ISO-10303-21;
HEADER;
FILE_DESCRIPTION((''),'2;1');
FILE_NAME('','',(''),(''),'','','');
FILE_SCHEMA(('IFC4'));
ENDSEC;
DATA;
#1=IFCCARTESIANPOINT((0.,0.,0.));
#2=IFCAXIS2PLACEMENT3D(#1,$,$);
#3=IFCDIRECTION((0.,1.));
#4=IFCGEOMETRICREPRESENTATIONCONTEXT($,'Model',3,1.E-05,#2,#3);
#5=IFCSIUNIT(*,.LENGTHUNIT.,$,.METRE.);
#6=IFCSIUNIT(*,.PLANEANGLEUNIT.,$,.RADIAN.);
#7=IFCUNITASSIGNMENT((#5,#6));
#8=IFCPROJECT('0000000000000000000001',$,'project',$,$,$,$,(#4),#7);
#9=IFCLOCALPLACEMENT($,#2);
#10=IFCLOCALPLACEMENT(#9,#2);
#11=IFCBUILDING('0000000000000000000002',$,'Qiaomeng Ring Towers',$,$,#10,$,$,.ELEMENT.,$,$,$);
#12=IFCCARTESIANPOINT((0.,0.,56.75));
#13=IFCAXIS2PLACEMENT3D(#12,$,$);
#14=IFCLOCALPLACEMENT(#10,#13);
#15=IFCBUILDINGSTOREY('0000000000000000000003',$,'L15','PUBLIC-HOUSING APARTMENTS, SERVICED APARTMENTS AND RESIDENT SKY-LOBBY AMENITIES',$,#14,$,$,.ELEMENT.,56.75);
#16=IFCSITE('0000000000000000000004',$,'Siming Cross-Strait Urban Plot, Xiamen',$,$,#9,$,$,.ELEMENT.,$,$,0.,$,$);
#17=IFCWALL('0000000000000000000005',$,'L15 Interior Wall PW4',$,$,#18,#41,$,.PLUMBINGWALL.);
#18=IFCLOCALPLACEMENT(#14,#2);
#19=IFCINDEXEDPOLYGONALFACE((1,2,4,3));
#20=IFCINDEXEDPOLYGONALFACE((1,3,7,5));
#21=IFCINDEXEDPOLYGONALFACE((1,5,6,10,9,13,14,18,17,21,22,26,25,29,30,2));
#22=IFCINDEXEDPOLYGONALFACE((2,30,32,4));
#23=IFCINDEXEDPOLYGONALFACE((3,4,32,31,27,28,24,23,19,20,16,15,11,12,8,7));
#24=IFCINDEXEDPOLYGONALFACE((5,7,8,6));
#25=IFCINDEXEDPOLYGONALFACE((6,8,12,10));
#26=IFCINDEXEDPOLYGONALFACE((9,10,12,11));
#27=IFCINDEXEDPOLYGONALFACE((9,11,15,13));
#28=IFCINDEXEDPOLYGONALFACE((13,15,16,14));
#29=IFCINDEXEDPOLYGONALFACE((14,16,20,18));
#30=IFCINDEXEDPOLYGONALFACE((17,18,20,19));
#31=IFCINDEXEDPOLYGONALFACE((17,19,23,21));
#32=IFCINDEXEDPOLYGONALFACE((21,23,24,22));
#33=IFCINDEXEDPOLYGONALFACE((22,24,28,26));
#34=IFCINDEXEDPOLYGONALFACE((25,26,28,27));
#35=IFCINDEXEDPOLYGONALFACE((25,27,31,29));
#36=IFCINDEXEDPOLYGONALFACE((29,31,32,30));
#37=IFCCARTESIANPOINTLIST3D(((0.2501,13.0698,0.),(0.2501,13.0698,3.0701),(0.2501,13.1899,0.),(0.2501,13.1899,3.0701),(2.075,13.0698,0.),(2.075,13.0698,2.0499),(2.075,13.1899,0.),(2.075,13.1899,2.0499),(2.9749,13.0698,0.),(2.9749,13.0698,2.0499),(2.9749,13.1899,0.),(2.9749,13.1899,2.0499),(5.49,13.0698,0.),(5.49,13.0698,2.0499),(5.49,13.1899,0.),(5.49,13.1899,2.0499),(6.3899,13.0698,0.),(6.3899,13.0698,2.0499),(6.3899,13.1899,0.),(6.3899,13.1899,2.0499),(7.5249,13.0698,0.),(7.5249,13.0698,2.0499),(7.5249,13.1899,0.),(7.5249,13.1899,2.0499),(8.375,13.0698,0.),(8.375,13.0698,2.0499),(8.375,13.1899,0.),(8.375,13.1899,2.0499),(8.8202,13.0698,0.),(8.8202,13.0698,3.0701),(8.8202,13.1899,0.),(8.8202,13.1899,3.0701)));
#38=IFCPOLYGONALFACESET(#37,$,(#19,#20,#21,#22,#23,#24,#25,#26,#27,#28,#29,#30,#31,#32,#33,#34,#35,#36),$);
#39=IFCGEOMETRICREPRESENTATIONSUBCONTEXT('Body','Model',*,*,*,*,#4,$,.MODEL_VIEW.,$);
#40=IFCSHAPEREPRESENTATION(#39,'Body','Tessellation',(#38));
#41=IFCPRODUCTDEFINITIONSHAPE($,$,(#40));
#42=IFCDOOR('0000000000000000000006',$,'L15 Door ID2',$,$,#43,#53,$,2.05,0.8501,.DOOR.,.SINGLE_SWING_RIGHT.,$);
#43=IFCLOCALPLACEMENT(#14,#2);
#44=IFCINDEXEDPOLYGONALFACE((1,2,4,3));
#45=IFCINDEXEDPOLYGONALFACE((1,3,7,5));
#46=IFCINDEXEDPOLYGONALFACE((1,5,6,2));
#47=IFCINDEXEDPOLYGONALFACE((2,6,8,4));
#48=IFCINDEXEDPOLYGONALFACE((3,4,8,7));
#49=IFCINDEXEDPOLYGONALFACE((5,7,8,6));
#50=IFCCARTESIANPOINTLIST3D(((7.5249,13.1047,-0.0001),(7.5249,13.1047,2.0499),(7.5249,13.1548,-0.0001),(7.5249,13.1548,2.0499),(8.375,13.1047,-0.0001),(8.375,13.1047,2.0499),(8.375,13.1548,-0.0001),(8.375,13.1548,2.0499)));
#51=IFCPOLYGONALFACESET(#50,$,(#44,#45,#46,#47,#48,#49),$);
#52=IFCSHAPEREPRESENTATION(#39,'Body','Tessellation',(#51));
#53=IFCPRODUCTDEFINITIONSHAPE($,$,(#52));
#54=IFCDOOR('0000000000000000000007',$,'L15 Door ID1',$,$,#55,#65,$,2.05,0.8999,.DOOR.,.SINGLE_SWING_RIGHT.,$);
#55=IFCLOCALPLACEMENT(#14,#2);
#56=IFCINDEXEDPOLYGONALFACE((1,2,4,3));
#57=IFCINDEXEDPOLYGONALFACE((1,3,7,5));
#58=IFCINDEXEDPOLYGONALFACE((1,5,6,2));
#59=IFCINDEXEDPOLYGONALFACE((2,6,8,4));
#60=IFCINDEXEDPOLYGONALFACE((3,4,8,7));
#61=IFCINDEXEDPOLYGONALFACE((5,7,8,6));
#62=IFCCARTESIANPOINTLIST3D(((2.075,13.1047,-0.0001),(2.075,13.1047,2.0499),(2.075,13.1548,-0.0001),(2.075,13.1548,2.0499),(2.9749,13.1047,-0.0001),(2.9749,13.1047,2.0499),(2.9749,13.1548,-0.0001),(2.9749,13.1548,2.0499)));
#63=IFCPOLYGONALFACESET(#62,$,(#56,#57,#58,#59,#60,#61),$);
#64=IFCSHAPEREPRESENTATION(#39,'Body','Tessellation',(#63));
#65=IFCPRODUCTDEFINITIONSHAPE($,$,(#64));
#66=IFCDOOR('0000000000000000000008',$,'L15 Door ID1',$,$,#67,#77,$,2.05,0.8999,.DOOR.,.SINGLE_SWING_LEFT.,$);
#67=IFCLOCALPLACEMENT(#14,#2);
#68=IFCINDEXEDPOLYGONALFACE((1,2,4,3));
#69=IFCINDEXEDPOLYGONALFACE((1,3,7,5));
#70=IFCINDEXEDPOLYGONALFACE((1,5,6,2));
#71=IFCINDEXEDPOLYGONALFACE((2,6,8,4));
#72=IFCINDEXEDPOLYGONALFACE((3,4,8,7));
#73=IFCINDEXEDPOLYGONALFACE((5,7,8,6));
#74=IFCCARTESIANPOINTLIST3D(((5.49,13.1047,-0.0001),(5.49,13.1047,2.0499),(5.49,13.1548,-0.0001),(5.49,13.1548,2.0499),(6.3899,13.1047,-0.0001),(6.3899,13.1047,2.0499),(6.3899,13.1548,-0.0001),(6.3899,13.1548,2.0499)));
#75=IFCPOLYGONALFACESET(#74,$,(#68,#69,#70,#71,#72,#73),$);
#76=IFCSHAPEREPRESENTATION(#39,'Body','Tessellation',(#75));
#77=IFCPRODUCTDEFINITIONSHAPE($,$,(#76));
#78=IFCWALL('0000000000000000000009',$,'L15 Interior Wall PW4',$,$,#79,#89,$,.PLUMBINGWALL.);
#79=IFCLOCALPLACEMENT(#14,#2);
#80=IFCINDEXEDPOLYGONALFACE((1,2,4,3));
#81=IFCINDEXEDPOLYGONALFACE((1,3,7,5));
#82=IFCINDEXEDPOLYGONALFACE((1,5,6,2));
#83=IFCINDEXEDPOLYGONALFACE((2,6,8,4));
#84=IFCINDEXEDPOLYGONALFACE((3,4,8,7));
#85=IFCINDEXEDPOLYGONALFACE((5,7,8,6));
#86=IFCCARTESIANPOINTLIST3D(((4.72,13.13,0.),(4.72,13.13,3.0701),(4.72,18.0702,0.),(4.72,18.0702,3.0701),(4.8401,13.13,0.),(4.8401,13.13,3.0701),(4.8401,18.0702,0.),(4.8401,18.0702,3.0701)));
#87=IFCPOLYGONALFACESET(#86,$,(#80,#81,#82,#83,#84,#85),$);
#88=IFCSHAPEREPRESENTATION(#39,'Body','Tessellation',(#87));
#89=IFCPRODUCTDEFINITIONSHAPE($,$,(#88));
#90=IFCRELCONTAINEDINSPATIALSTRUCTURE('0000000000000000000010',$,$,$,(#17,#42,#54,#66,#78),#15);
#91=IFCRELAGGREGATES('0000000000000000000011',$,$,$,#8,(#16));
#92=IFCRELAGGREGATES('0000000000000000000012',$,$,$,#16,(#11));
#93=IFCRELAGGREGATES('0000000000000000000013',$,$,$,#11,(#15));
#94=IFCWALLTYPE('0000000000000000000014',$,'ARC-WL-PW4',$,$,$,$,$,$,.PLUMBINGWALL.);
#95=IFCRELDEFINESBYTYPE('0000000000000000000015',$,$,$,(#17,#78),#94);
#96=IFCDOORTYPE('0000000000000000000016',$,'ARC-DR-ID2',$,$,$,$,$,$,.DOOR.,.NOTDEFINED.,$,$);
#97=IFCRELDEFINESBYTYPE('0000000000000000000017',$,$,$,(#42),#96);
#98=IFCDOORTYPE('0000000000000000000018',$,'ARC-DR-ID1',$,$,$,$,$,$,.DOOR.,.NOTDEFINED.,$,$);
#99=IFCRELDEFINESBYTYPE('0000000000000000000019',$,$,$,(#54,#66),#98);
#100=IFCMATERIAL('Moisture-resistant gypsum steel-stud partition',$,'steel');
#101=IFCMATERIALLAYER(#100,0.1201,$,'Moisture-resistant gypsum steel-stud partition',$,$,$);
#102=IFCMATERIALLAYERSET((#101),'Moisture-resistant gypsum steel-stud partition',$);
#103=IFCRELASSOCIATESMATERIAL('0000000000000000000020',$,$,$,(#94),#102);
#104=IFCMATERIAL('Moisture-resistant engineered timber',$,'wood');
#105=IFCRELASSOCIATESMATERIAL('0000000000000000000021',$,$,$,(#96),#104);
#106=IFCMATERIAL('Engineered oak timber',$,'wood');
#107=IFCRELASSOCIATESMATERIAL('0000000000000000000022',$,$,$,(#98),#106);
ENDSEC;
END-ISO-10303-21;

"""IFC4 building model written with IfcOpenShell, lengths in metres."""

from ifc_helpers import new_model, si_unit, direction, frame, frame_2d, origin, place, context, subcontext, project, spatial, rectangle, extrude, source, transform, mapped, material, layer, layer_set, type_object, element, fill, save


model = new_model("IFC4")

# Units and contexts
model_context = context("Model", 3, precision=1e-05, world=origin(), true_north=direction((0.0, 1.0)))
body_context = subcontext(model_context, "Body", "Model", "MODEL_VIEW")
ifc_project = project(units=[si_unit("LENGTHUNIT", "METRE"), si_unit("PLANEANGLEUNIT", "RADIAN")], contexts=[model_context])

# Site, building, storey
site_placement = place(None, origin())
site = spatial("IfcSite", under=ifc_project, at=site_placement, Name="Siming Cross-Strait Urban Plot, Xiamen", CompositionType="ELEMENT", RefElevation=0.0)
building_placement = place(site_placement, origin())
building = spatial("IfcBuilding", under=site, at=building_placement, Name="Qiaomeng Ring Towers", CompositionType="ELEMENT")
storey_placement = place(building_placement, frame((0.0, 0.0, 56.75)))
storey = spatial("IfcBuildingStorey", under=building, at=storey_placement, Name="L15", Description="PUBLIC-HOUSING APARTMENTS, SERVICED APARTMENTS AND RESIDENT SKY-LOBBY AMENITIES", CompositionType="ELEMENT", Elevation=56.75)

# Wall, openings, doors
ifc_material_1 = material(Name="Moisture-resistant gypsum steel-stud partition", Category="steel")
ifc_layer_1 = layer(ifc_material_1, 0.1201, Name="Moisture-resistant gypsum steel-stud partition")
ifc_layer_set_1 = layer_set([ifc_layer_1], Name="Moisture-resistant gypsum steel-stud partition")
wall_type_1 = type_object("IfcWallType", Name="ARC-WL-PW4", PredefinedType="PLUMBINGWALL", material=ifc_layer_set_1)
wall_1_placement = place(storey_placement, frame((0.25, 13.1299, 0.0), z_axis=(0.0, 0.0, 1.0), x_axis=(1.0, 0.0, 0.0)))
wall_1 = element("IfcWall", 1, at=wall_1_placement, inside=storey, type_object=wall_type_1, Name="L15 Interior Wall PW4", PredefinedType="PLUMBINGWALL", context=body_context, shape_type="SweptSolid", body=[
    extrude(rectangle(XDim=8.5701, YDim=0.1201, at=frame_2d((4.2852, 0.0))), origin(), (0.0, 0.0, 1.0), 3.0701),
])
opening_1_placement = place(wall_1_placement, frame((1.825, 0.0, 0.0)))
opening_1 = element("IfcOpeningElement", 2, at=opening_1_placement, cuts=wall_1, PredefinedType="OPENING", context=body_context, shape_type="SweptSolid", body=[
    extrude(rectangle(XDim=0.8999, YDim=2.05, at=frame_2d((0.45, 1.0249))), frame((0.0, 0.0701, 0.0), z_axis=(0.0, -1.0, 0.0), x_axis=(1.0, 0.0, 0.0)), (0.0, 0.0, 1.0), 0.1401),
])
opening_2_placement = place(wall_1_placement, frame((5.24, 0.0, 0.0)))
opening_2 = element("IfcOpeningElement", 3, at=opening_2_placement, cuts=wall_1, PredefinedType="OPENING", context=body_context, shape_type="SweptSolid", body=[
    extrude(rectangle(XDim=0.8999, YDim=2.05, at=frame_2d((0.45, 1.0249))), frame((0.0, 0.0701, 0.0), z_axis=(0.0, -1.0, 0.0), x_axis=(1.0, 0.0, 0.0)), (0.0, 0.0, 1.0), 0.1401),
])
opening_3_placement = place(wall_1_placement, frame((7.2749, 0.0, 0.0)))
opening_3 = element("IfcOpeningElement", 4, at=opening_3_placement, cuts=wall_1, PredefinedType="OPENING", context=body_context, shape_type="SweptSolid", body=[
    extrude(rectangle(XDim=0.8501, YDim=2.05, at=frame_2d((0.425, 1.0249))), frame((0.0, 0.0701, 0.0), z_axis=(0.0, -1.0, 0.0), x_axis=(1.0, 0.0, 0.0)), (0.0, 0.0, 1.0), 0.1401),
])
ifc_material_2 = material(Name="Moisture-resistant engineered timber", Category="wood")
door_type_1 = type_object("IfcDoorType", Name="ARC-DR-ID2", OperationType="NOTDEFINED", PredefinedType="DOOR", material=ifc_material_2)
shared_shape_1 = source(origin(), body_context, "Body", "SweptSolid", [
    extrude(rectangle(XDim=0.8501, YDim=2.05, at=frame_2d((0.425, 1.0249))), frame((0.0, 0.0249, 0.0), z_axis=(0.0, -1.0, 0.0), x_axis=(1.0, 0.0, 0.0)), (0.0, 0.0, 1.0), 0.05),
])
door_1_placement = place(opening_3_placement, origin())
door_1 = element("IfcDoor", 5, at=door_1_placement, inside=storey, type_object=door_type_1, Name="L15 Door ID2", OperationType="SINGLE_SWING_RIGHT", OverallHeight=2.05, OverallWidth=0.8501, PredefinedType="DOOR", context=body_context, shape_type="MappedRepresentation", body=[
    mapped(shared_shape_1, transform((0.0, 0.0, 0.0), x_axis=(1.0, 0.0, 0.0), y_axis=(0.0, 1.0, 0.0), z_axis=(0.0, 0.0, 1.0), scale=1.0)),
])
fill(opening_3, door_1)
ifc_material_3 = material(Name="Engineered oak timber", Category="wood")
door_type_2 = type_object("IfcDoorType", Name="ARC-DR-ID1", OperationType="NOTDEFINED", PredefinedType="DOOR", material=ifc_material_3)
shared_shape_2 = source(origin(), body_context, "Body", "SweptSolid", [
    extrude(rectangle(XDim=0.8999, YDim=2.05, at=frame_2d((0.45, 1.0249))), frame((0.0, 0.0249, 0.0), z_axis=(0.0, -1.0, 0.0), x_axis=(1.0, 0.0, 0.0)), (0.0, 0.0, 1.0), 0.05),
])
door_2_placement = place(opening_1_placement, origin())
door_2 = element("IfcDoor", 6, at=door_2_placement, inside=storey, type_object=door_type_2, Name="L15 Door ID1", OperationType="SINGLE_SWING_RIGHT", OverallHeight=2.05, OverallWidth=0.8999, PredefinedType="DOOR", context=body_context, shape_type="MappedRepresentation", body=[
    mapped(shared_shape_2, transform((0.0, 0.0, 0.0), x_axis=(1.0, 0.0, 0.0), y_axis=(0.0, 1.0, 0.0), z_axis=(0.0, 0.0, 1.0), scale=1.0)),
])
fill(opening_1, door_2)
door_3_placement = place(opening_2_placement, origin())
door_3 = element("IfcDoor", 7, at=door_3_placement, inside=storey, type_object=door_type_2, Name="L15 Door ID1", OperationType="SINGLE_SWING_LEFT", OverallHeight=2.05, OverallWidth=0.8999, PredefinedType="DOOR", context=body_context, shape_type="MappedRepresentation", body=[
    mapped(shared_shape_2, transform((0.0, 0.0, 0.0), x_axis=(1.0, 0.0, 0.0), y_axis=(0.0, 1.0, 0.0), z_axis=(0.0, 0.0, 1.0), scale=1.0)),
])
fill(opening_2, door_3)

# Wall
wall_2_placement = place(storey_placement, frame((4.78, 13.1299, 0.0), z_axis=(0.0, 0.0, 1.0), x_axis=(0.0, 1.0, 0.0)))
element("IfcWall", 8, at=wall_2_placement, inside=storey, type_object=wall_type_1, Name="L15 Interior Wall PW4", PredefinedType="PLUMBINGWALL", context=body_context, shape_type="SweptSolid", body=[
    extrude(rectangle(XDim=4.9402, YDim=0.1201, at=frame_2d((2.4702, 0.0))), origin(), (0.0, 0.0, 1.0), 3.0701),
])

save(model, "model.ifc")
